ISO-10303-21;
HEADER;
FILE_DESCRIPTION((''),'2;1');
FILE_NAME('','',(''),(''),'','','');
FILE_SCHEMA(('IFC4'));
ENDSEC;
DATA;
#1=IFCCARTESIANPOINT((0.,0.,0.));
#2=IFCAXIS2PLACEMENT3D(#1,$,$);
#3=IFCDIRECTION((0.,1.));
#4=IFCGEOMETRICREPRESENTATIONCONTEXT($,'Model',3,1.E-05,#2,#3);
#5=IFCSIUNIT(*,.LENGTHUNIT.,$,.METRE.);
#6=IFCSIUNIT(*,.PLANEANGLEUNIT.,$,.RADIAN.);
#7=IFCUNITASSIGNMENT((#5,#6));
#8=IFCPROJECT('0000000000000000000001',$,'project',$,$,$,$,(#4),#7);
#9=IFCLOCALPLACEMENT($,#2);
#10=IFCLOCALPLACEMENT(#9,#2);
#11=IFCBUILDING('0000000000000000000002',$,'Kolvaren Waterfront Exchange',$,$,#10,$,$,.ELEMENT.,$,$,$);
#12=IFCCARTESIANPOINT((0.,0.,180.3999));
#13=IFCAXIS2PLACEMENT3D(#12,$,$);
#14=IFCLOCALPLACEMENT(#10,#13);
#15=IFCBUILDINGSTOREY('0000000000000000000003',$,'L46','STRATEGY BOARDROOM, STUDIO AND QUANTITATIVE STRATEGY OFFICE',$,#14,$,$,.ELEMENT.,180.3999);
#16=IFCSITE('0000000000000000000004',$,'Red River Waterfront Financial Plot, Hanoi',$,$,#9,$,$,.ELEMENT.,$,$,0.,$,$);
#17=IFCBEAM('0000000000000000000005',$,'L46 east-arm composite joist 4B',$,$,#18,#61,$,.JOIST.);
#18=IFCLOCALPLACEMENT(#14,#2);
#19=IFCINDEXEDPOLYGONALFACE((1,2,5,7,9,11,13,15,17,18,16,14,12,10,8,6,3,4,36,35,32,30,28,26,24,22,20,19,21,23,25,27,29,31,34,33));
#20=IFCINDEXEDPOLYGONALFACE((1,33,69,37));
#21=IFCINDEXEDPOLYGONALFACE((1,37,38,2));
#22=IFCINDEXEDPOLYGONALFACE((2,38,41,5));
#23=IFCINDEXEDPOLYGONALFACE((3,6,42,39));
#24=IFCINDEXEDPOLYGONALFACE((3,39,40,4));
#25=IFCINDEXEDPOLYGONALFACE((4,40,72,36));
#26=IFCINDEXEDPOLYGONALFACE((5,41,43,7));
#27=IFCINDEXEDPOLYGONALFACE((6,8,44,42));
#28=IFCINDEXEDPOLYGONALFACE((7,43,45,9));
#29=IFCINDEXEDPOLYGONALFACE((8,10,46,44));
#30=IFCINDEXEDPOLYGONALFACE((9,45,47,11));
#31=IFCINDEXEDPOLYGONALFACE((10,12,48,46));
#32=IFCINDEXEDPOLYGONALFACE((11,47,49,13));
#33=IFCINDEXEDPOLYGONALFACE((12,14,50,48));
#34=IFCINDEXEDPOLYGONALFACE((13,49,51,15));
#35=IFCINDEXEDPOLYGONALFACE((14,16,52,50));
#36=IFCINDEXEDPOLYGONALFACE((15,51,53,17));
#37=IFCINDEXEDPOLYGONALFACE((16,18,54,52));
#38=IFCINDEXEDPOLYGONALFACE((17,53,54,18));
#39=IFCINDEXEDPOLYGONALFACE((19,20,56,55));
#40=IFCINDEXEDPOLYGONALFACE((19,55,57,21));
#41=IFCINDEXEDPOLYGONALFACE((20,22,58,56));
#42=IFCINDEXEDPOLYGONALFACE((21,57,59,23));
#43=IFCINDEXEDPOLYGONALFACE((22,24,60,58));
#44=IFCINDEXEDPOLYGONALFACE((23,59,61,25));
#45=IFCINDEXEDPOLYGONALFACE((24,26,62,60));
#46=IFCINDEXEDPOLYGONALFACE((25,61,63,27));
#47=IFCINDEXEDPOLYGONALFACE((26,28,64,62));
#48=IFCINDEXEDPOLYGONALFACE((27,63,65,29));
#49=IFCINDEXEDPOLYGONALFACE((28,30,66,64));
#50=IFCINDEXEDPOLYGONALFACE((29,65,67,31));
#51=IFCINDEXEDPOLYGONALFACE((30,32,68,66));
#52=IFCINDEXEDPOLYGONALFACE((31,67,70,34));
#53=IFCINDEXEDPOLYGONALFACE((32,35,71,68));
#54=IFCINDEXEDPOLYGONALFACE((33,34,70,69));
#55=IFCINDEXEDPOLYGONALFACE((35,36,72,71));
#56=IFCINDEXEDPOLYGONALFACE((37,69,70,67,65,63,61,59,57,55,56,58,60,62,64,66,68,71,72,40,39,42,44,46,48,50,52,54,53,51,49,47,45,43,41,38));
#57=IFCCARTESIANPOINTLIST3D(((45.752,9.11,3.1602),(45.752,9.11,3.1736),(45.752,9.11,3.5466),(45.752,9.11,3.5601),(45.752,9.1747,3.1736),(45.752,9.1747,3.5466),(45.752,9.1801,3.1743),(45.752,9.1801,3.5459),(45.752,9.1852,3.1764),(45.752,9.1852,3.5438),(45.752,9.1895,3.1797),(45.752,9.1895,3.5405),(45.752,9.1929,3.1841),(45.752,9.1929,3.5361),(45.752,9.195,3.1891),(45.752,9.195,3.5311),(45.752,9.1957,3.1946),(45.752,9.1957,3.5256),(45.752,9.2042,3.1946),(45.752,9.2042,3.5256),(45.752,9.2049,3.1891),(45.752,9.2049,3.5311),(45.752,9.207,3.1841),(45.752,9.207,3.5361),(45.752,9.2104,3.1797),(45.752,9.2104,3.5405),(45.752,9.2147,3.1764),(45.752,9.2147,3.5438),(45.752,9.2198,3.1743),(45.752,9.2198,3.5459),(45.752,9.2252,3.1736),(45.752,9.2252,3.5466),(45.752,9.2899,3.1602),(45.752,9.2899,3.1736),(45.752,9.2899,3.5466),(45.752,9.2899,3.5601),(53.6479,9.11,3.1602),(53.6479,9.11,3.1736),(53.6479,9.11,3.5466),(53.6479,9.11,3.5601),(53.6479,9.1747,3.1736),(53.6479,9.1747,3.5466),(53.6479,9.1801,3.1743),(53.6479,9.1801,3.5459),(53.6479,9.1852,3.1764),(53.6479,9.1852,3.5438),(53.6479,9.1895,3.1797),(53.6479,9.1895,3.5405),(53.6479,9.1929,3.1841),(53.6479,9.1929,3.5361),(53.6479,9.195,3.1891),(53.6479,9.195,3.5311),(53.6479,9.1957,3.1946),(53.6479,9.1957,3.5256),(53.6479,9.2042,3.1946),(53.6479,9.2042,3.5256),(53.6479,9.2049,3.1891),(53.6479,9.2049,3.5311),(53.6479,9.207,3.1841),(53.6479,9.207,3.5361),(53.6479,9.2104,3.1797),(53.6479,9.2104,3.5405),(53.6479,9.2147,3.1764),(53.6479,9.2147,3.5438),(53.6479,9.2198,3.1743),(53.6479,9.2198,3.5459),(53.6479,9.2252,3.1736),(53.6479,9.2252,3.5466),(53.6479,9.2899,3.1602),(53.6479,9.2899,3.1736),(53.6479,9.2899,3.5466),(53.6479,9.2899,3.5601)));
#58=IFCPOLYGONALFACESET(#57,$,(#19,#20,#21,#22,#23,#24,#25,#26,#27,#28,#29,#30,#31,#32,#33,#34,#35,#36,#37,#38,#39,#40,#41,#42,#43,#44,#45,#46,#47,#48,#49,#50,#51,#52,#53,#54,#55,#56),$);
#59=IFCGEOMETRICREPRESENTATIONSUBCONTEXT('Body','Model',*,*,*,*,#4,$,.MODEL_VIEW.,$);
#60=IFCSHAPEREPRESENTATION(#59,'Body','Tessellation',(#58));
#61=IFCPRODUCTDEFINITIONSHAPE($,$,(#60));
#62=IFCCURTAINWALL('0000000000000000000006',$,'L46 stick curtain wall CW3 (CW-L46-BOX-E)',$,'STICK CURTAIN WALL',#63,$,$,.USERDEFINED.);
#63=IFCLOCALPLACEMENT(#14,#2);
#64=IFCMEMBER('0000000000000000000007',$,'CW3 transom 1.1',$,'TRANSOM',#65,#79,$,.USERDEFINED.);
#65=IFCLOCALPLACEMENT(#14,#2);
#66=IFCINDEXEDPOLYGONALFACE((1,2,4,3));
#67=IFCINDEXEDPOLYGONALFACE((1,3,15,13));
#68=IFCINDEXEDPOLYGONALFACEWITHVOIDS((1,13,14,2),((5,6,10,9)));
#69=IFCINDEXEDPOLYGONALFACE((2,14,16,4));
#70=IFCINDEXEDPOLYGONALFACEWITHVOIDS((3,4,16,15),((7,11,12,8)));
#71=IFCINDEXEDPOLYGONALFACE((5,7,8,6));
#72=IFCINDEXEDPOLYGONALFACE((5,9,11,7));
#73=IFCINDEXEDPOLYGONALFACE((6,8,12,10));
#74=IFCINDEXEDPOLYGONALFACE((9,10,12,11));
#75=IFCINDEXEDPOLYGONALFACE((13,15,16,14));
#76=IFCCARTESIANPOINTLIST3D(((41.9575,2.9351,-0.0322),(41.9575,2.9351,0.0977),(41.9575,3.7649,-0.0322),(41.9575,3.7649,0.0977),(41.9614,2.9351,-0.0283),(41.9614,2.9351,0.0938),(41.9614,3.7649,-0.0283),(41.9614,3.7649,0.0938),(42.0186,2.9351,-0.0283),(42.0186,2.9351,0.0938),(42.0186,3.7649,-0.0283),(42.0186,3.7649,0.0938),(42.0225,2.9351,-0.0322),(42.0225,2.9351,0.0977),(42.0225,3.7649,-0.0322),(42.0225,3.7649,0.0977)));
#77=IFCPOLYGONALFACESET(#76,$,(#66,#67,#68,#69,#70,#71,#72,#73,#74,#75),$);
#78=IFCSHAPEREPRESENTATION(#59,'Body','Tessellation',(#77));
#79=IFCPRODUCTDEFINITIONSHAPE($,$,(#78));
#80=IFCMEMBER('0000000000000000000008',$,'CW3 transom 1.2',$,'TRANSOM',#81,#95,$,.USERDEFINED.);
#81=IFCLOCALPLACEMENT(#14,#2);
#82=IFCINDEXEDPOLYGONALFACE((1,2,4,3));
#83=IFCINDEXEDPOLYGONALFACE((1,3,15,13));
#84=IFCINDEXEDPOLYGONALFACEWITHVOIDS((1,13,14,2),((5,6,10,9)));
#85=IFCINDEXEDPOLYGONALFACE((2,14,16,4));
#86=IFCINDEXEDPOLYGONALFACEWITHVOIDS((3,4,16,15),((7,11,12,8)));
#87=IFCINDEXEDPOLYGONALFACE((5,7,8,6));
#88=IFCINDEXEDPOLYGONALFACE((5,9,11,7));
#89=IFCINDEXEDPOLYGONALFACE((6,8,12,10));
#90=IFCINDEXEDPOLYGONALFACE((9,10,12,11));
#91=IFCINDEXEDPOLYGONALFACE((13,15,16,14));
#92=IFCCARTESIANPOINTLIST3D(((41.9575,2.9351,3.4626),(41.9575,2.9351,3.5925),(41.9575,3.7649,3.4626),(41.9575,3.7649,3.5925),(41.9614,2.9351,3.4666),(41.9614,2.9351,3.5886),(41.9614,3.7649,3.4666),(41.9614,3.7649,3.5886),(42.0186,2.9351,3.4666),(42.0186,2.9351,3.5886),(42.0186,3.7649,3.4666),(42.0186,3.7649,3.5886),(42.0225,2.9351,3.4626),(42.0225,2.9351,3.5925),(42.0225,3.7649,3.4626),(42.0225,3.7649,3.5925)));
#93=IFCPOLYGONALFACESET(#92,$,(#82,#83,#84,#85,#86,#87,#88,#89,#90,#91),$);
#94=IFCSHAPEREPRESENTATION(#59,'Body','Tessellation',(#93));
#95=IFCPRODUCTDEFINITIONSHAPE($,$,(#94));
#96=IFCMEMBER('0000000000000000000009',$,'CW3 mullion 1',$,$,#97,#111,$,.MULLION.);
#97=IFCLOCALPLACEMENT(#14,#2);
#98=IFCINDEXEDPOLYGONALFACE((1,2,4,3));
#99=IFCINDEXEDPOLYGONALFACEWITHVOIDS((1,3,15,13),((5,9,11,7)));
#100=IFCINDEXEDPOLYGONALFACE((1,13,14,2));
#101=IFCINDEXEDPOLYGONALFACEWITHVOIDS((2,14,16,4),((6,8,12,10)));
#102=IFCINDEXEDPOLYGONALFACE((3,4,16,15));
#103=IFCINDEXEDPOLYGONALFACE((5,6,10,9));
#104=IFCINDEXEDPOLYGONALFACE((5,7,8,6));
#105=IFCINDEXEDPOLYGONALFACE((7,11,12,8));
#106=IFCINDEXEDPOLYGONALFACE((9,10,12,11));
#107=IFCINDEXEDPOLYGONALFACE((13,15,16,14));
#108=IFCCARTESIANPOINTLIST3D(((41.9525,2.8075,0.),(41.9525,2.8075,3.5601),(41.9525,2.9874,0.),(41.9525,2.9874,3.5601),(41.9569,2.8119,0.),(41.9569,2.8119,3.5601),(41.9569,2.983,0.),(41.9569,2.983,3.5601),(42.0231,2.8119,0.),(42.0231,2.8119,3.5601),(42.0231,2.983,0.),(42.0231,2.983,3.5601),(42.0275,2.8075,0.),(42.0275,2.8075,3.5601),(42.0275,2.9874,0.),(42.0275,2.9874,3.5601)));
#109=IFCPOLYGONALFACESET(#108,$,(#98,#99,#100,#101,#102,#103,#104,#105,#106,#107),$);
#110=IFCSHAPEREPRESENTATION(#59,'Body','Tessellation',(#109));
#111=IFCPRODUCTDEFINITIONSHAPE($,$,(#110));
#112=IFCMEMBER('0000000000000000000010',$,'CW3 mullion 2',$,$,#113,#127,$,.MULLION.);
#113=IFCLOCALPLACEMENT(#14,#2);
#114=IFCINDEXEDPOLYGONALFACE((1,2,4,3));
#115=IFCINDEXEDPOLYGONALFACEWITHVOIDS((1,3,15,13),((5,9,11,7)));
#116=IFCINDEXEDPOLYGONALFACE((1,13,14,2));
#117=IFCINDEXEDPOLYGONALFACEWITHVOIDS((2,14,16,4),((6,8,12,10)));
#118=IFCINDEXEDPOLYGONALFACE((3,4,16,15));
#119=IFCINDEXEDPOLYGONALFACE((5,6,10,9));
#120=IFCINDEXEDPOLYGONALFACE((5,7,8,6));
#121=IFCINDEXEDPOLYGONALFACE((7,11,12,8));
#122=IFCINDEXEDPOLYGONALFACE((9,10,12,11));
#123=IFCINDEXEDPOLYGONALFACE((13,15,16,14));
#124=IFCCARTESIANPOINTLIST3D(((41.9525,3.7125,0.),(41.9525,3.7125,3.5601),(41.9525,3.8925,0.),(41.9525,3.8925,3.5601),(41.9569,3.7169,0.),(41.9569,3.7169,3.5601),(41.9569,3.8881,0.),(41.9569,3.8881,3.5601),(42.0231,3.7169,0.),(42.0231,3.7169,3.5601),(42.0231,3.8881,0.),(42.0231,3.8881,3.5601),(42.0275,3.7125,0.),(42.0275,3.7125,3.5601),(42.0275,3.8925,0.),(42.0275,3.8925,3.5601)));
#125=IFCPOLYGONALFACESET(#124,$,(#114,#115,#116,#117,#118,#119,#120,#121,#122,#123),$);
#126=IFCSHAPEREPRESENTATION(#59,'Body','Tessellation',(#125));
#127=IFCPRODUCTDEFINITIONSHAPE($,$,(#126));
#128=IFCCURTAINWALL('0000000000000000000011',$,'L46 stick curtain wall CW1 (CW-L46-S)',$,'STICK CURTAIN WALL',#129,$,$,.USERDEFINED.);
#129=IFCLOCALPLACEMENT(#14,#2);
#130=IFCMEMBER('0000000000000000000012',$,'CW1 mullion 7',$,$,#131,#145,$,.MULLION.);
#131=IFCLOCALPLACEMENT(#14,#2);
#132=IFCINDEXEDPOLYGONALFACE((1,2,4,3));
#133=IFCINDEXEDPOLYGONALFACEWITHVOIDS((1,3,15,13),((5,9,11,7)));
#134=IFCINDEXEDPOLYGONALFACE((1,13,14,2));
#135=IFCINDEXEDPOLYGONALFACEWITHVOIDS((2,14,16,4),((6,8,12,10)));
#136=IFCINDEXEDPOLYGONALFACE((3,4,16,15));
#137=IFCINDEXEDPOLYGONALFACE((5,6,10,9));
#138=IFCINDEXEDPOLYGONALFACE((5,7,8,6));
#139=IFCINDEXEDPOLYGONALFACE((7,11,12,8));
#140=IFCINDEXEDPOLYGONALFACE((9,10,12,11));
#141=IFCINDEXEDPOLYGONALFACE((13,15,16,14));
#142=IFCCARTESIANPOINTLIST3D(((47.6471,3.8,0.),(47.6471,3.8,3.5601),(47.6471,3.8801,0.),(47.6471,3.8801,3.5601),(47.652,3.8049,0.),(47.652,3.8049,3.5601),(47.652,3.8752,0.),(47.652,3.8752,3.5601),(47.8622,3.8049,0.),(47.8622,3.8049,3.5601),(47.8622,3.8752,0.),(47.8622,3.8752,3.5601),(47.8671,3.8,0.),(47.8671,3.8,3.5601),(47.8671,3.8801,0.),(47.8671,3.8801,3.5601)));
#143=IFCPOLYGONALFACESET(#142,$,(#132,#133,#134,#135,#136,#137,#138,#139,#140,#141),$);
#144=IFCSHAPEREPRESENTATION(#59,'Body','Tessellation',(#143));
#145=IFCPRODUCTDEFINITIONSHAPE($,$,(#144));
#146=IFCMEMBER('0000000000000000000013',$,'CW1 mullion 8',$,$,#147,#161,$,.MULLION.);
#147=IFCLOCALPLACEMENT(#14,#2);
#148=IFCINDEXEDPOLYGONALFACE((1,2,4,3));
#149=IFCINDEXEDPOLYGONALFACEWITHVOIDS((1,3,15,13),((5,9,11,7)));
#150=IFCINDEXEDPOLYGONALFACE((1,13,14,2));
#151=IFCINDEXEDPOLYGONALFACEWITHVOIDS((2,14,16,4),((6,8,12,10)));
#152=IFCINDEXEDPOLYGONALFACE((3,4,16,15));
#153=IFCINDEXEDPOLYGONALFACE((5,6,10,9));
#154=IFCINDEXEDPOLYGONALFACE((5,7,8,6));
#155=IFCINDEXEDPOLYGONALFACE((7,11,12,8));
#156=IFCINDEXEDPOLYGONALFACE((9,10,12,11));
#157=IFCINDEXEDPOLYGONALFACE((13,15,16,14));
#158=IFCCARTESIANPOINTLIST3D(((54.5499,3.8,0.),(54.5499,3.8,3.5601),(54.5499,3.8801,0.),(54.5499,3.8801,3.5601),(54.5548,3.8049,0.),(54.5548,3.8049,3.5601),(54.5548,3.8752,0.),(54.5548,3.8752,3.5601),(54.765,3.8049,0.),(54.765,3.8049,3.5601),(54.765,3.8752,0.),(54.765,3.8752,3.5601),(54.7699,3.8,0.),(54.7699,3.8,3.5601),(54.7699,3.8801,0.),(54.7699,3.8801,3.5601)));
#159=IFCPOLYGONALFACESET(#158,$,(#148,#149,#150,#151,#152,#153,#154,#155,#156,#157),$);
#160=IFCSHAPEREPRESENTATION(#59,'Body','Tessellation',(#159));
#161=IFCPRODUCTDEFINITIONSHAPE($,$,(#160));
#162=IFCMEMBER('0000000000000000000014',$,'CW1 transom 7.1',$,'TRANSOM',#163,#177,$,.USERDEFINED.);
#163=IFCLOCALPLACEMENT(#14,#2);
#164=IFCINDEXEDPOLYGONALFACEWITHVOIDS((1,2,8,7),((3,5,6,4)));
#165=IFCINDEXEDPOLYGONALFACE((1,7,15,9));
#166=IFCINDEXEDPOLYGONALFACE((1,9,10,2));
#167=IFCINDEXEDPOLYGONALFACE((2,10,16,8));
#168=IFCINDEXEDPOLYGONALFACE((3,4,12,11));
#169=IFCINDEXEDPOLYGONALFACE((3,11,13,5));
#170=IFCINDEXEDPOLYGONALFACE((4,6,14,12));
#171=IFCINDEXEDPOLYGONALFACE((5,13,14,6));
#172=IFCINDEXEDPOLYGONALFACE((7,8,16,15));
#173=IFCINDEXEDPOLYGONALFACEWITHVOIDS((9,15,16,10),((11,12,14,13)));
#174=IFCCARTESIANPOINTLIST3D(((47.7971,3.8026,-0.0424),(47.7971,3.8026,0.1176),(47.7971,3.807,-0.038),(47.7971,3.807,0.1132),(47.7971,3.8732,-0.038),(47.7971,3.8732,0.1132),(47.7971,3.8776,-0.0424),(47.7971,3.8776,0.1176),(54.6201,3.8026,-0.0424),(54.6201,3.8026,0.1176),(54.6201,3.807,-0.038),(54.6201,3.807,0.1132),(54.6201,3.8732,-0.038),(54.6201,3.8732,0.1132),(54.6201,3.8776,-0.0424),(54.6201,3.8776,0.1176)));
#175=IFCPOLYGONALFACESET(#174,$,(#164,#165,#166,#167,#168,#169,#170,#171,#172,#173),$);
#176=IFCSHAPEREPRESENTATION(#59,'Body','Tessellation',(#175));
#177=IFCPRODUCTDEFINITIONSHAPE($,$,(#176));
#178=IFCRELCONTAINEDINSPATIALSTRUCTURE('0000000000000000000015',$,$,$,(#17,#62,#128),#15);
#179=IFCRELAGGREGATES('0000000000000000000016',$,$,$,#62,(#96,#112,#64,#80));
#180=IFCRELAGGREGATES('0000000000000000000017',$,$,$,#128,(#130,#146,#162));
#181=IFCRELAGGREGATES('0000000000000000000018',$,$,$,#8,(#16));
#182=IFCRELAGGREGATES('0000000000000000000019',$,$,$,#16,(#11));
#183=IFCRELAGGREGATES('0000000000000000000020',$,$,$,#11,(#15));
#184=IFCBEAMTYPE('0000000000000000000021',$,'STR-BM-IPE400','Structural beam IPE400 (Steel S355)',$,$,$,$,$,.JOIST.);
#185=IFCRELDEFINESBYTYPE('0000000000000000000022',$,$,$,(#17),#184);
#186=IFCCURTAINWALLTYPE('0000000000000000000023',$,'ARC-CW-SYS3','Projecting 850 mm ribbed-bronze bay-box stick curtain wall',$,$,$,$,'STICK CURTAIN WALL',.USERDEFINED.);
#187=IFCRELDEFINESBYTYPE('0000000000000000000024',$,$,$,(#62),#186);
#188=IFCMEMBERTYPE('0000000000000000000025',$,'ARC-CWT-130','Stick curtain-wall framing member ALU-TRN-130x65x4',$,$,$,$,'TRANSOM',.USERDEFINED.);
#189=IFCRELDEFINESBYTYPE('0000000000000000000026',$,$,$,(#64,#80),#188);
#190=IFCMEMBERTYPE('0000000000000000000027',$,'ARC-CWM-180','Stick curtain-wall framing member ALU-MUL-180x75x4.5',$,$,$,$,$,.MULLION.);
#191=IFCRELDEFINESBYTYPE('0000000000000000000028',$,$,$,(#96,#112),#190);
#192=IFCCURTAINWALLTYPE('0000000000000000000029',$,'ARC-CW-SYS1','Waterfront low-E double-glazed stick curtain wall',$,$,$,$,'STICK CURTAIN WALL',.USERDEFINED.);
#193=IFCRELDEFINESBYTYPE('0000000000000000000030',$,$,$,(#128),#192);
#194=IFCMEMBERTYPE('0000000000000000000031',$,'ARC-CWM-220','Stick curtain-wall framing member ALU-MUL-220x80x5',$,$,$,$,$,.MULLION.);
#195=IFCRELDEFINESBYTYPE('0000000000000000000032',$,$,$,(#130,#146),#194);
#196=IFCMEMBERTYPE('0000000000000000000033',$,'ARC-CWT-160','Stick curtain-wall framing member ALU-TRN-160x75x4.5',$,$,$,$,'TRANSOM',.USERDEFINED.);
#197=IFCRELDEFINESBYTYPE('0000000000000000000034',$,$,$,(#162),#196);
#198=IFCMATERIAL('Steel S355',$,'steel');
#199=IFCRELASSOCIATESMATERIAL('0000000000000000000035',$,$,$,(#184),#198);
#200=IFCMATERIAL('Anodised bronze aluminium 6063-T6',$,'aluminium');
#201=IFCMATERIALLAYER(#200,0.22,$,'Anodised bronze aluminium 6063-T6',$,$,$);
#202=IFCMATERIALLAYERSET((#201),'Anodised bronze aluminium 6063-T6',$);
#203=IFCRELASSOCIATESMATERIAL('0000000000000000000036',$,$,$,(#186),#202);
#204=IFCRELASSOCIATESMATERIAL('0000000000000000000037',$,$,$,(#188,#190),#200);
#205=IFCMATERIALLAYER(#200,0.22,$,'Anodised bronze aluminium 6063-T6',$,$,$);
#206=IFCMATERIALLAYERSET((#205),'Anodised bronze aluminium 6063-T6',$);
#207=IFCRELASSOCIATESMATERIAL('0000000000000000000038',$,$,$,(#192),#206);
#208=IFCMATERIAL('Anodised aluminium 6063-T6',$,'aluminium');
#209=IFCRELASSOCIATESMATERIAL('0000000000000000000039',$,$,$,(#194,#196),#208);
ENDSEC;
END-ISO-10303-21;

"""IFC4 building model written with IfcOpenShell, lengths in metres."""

from ifc_helpers import new_model, si_unit, direction, frame, origin, origin_with_axes, origin_2d, place, context, subcontext, project, spatial, hollow_rectangle, i_section, extrude, source, transform, mapped, material, layer, layer_set, material_profile, profile_set, type_object, element, aggregate, save


model = new_model("IFC4")

# Units and contexts
model_context = context("Model", 3, precision=1e-05, world=origin(), true_north=direction((0.0, 1.0)))
body_context = subcontext(model_context, "Body", "Model", "MODEL_VIEW")
ifc_project = project(units=[si_unit("LENGTHUNIT", "METRE"), si_unit("PLANEANGLEUNIT", "RADIAN")], contexts=[model_context])

# Site, building, storey
site_placement = place(None, origin())
site = spatial("IfcSite", under=ifc_project, at=site_placement, Name="Red River Waterfront Financial Plot, Hanoi", CompositionType="ELEMENT", RefElevation=0.0)
building_placement = place(site_placement, origin())
building = spatial("IfcBuilding", under=site, at=building_placement, Name="Kolvaren Waterfront Exchange", CompositionType="ELEMENT")
storey_placement = place(building_placement, frame((0.0, 0.0, 180.3999)))
storey = spatial("IfcBuildingStorey", under=building, at=storey_placement, Name="L46", Description="STRATEGY BOARDROOM, STUDIO AND QUANTITATIVE STRATEGY OFFICE", CompositionType="ELEMENT", Elevation=180.3999)

# Beam
ifc_material_1 = material(Name="Steel S355", Category="steel")
ifc_material_profile_1 = material_profile(ifc_material_1, i_section(OverallWidth=0.1799, OverallDepth=0.3999, WebThickness=0.0085, FlangeThickness=0.0134, FilletRadius=0.021, at=origin_2d()), Name="IPE400")
ifc_profile_set_1 = profile_set([ifc_material_profile_1], Name="Steel S355")
beam_type_1 = type_object("IfcBeamType", Name="STR-BM-IPE400", Description="Structural beam IPE400 (Steel S355)", PredefinedType="JOIST", material=ifc_profile_set_1)
beam_1_placement = place(storey_placement, frame((45.752, 9.2, 3.3601), z_axis=(1.0, 0.0, 0.0), x_axis=(0.0, 1.0, 0.0)))
element("IfcBeam", 1, at=beam_1_placement, inside=storey, type_object=beam_type_1, Name="L46 east-arm composite joist 4B", PredefinedType="JOIST", context=body_context, shape_type="SweptSolid", body=[
    extrude(i_section(OverallWidth=0.1799, OverallDepth=0.3999, WebThickness=0.0085, FlangeThickness=0.0134, FilletRadius=0.021, at=origin_2d()), origin(), (0.0, 0.0, 1.0), 7.896),
])

# Curtain walls, members
ifc_material_2 = material(Name="Anodised bronze aluminium 6063-T6", Category="aluminium")
ifc_layer_1 = layer(ifc_material_2, 0.22, Name="Anodised bronze aluminium 6063-T6")
ifc_layer_set_1 = layer_set([ifc_layer_1], Name="Anodised bronze aluminium 6063-T6")
curtain_wall_type_1 = type_object("IfcCurtainWallType", Name="ARC-CW-SYS3", Description="Projecting 850 mm ribbed-bronze bay-box stick curtain wall", ElementType="STICK CURTAIN WALL", PredefinedType="USERDEFINED", material=ifc_layer_set_1)
curtain_wall_1_placement = place(storey_placement, origin())
curtain_wall_1 = element("IfcCurtainWall", 2, at=curtain_wall_1_placement, inside=storey, type_object=curtain_wall_type_1, Name="L46 stick curtain wall CW3 (CW-L46-BOX-E)", ObjectType="STICK CURTAIN WALL", PredefinedType="USERDEFINED")
ifc_material_profile_2 = material_profile(ifc_material_2, hollow_rectangle(XDim=0.0649, YDim=0.1299, WallThickness=0.0039, at=origin_2d()), Name="ALU-TRN-130x65x4")
ifc_profile_set_2 = profile_set([ifc_material_profile_2], Name="Anodised bronze aluminium 6063-T6")
member_type_1 = type_object("IfcMemberType", Name="ARC-CWT-130", Description="Stick curtain-wall framing member ALU-TRN-130x65x4", ElementType="TRANSOM", PredefinedType="USERDEFINED", material=ifc_profile_set_2)
shared_shape_1 = source(origin_with_axes(), body_context, "Body", "SweptSolid", [
    extrude(hollow_rectangle(XDim=0.0649, YDim=0.1299, WallThickness=0.0039, at=origin_2d()), origin(), (0.0, 0.0, 1.0), 0.8298),
])
member_1_placement = place(storey_placement, frame((41.99, 2.9351, 0.0327), z_axis=(0.0, 1.0, 0.0), x_axis=(-1.0, 0.0, 0.0)))
member_1 = element("IfcMember", 3, at=member_1_placement, type_object=member_type_1, Name="CW3 transom 1.1", ObjectType="TRANSOM", PredefinedType="USERDEFINED", context=body_context, shape_type="MappedRepresentation", body=[
    mapped(shared_shape_1, transform((0.0, 0.0, 0.0), x_axis=(1.0, 0.0, 0.0), y_axis=(0.0, 1.0, 0.0), z_axis=(0.0, 0.0, 1.0), scale=1.0)),
])
member_2_placement = place(storey_placement, frame((41.99, 2.9351, 3.5276), z_axis=(0.0, 1.0, 0.0), x_axis=(-1.0, 0.0, 0.0)))
member_2 = element("IfcMember", 4, at=member_2_placement, type_object=member_type_1, Name="CW3 transom 1.2", ObjectType="TRANSOM", PredefinedType="USERDEFINED", context=body_context, shape_type="MappedRepresentation", body=[
    mapped(shared_shape_1, transform((0.0, 0.0, 0.0), x_axis=(1.0, 0.0, 0.0), y_axis=(0.0, 1.0, 0.0), z_axis=(0.0, 0.0, 1.0), scale=1.0)),
])
ifc_material_profile_3 = material_profile(ifc_material_2, hollow_rectangle(XDim=0.075, YDim=0.1799, WallThickness=0.0044, at=origin_2d()), Name="ALU-MUL-180x75x4.5")
ifc_profile_set_3 = profile_set([ifc_material_profile_3], Name="Anodised bronze aluminium 6063-T6")
member_type_2 = type_object("IfcMemberType", Name="ARC-CWM-180", Description="Stick curtain-wall framing member ALU-MUL-180x75x4.5", PredefinedType="MULLION", material=ifc_profile_set_3)
shared_shape_2 = source(origin_with_axes(), body_context, "Body", "SweptSolid", [
    extrude(hollow_rectangle(XDim=0.075, YDim=0.1799, WallThickness=0.0044, at=origin_2d()), origin(), (0.0, 0.0, 1.0), 3.5601),
])
member_3_placement = place(storey_placement, frame((41.99, 2.8975, 0.0), z_axis=(0.0, 0.0, 1.0), x_axis=(-1.0, 0.0, 0.0)))
member_3 = element("IfcMember", 5, at=member_3_placement, type_object=member_type_2, Name="CW3 mullion 1", PredefinedType="MULLION", context=body_context, shape_type="MappedRepresentation", body=[
    mapped(shared_shape_2, transform((0.0, 0.0, 0.0), x_axis=(1.0, 0.0, 0.0), y_axis=(0.0, 1.0, 0.0), z_axis=(0.0, 0.0, 1.0), scale=1.0)),
])
member_4_placement = place(storey_placement, frame((41.99, 3.8025, 0.0), z_axis=(0.0, 0.0, 1.0), x_axis=(-1.0, 0.0, 0.0)))
member_4 = element("IfcMember", 6, at=member_4_placement, type_object=member_type_2, Name="CW3 mullion 2", PredefinedType="MULLION", context=body_context, shape_type="MappedRepresentation", body=[
    mapped(shared_shape_2, transform((0.0, 0.0, 0.0), x_axis=(1.0, 0.0, 0.0), y_axis=(0.0, 1.0, 0.0), z_axis=(0.0, 0.0, 1.0), scale=1.0)),
])
ifc_layer_2 = layer(ifc_material_2, 0.22, Name="Anodised bronze aluminium 6063-T6")
ifc_layer_set_2 = layer_set([ifc_layer_2], Name="Anodised bronze aluminium 6063-T6")
curtain_wall_type_2 = type_object("IfcCurtainWallType", Name="ARC-CW-SYS1", Description="Waterfront low-E double-glazed stick curtain wall", ElementType="STICK CURTAIN WALL", PredefinedType="USERDEFINED", material=ifc_layer_set_2)
curtain_wall_2_placement = place(storey_placement, origin())
curtain_wall_2 = element("IfcCurtainWall", 7, at=curtain_wall_2_placement, inside=storey, type_object=curtain_wall_type_2, Name="L46 stick curtain wall CW1 (CW-L46-S)", ObjectType="STICK CURTAIN WALL", PredefinedType="USERDEFINED")
ifc_material_3 = material(Name="Anodised aluminium 6063-T6", Category="aluminium")
ifc_material_profile_4 = material_profile(ifc_material_3, hollow_rectangle(XDim=0.0801, YDim=0.22, WallThickness=0.0049, at=origin_2d()), Name="ALU-MUL-220x80x5")
ifc_profile_set_4 = profile_set([ifc_material_profile_4], Name="Anodised aluminium 6063-T6")
member_type_3 = type_object("IfcMemberType", Name="ARC-CWM-220", Description="Stick curtain-wall framing member ALU-MUL-220x80x5", PredefinedType="MULLION", material=ifc_profile_set_4)
shared_shape_3 = source(origin_with_axes(), body_context, "Body", "SweptSolid", [
    extrude(hollow_rectangle(XDim=0.0801, YDim=0.22, WallThickness=0.0049, at=origin_2d()), origin(), (0.0, 0.0, 1.0), 3.5601),
])
member_5_placement = place(storey_placement, frame((47.7571, 3.8401, 0.0), z_axis=(0.0, 0.0, 1.0), x_axis=(0.0, 1.0, 0.0)))
member_5 = element("IfcMember", 8, at=member_5_placement, type_object=member_type_3, Name="CW1 mullion 7", PredefinedType="MULLION", context=body_context, shape_type="MappedRepresentation", body=[
    mapped(shared_shape_3, transform((0.0, 0.0, 0.0), x_axis=(1.0, 0.0, 0.0), y_axis=(0.0, 1.0, 0.0), z_axis=(0.0, 0.0, 1.0), scale=1.0)),
])
member_6_placement = place(storey_placement, frame((54.6599, 3.8401, 0.0), z_axis=(0.0, 0.0, 1.0), x_axis=(0.0, 1.0, 0.0)))
member_6 = element("IfcMember", 9, at=member_6_placement, type_object=member_type_3, Name="CW1 mullion 8", PredefinedType="MULLION", context=body_context, shape_type="MappedRepresentation", body=[
    mapped(shared_shape_3, transform((0.0, 0.0, 0.0), x_axis=(1.0, 0.0, 0.0), y_axis=(0.0, 1.0, 0.0), z_axis=(0.0, 0.0, 1.0), scale=1.0)),
])
ifc_material_profile_5 = material_profile(ifc_material_3, hollow_rectangle(XDim=0.075, YDim=0.1599, WallThickness=0.0044, at=origin_2d()), Name="ALU-TRN-160x75x4.5")
ifc_profile_set_5 = profile_set([ifc_material_profile_5], Name="Anodised aluminium 6063-T6")
member_type_4 = type_object("IfcMemberType", Name="ARC-CWT-160", Description="Stick curtain-wall framing member ALU-TRN-160x75x4.5", ElementType="TRANSOM", PredefinedType="USERDEFINED", material=ifc_profile_set_5)
shared_shape_4 = source(origin_with_axes(), body_context, "Body", "SweptSolid", [
    extrude(hollow_rectangle(XDim=0.075, YDim=0.1599, WallThickness=0.0044, at=origin_2d()), origin(), (0.0, 0.0, 1.0), 6.823),
])
member_7_placement = place(storey_placement, frame((47.7971, 3.8401, 0.0376), z_axis=(1.0, 0.0, 0.0), x_axis=(0.0, 1.0, 0.0)))
member_7 = element("IfcMember", 10, at=member_7_placement, type_object=member_type_4, Name="CW1 transom 7.1", ObjectType="TRANSOM", PredefinedType="USERDEFINED", context=body_context, shape_type="MappedRepresentation", body=[
    mapped(shared_shape_4, transform((0.0, 0.0, 0.0), x_axis=(1.0, 0.0, 0.0), y_axis=(0.0, 1.0, 0.0), z_axis=(0.0, 0.0, 1.0), scale=1.0)),
])

aggregate(curtain_wall_1, [member_3, member_4, member_1, member_2])
aggregate(curtain_wall_2, [member_5, member_6, member_7])

save(model, "model.ifc")
